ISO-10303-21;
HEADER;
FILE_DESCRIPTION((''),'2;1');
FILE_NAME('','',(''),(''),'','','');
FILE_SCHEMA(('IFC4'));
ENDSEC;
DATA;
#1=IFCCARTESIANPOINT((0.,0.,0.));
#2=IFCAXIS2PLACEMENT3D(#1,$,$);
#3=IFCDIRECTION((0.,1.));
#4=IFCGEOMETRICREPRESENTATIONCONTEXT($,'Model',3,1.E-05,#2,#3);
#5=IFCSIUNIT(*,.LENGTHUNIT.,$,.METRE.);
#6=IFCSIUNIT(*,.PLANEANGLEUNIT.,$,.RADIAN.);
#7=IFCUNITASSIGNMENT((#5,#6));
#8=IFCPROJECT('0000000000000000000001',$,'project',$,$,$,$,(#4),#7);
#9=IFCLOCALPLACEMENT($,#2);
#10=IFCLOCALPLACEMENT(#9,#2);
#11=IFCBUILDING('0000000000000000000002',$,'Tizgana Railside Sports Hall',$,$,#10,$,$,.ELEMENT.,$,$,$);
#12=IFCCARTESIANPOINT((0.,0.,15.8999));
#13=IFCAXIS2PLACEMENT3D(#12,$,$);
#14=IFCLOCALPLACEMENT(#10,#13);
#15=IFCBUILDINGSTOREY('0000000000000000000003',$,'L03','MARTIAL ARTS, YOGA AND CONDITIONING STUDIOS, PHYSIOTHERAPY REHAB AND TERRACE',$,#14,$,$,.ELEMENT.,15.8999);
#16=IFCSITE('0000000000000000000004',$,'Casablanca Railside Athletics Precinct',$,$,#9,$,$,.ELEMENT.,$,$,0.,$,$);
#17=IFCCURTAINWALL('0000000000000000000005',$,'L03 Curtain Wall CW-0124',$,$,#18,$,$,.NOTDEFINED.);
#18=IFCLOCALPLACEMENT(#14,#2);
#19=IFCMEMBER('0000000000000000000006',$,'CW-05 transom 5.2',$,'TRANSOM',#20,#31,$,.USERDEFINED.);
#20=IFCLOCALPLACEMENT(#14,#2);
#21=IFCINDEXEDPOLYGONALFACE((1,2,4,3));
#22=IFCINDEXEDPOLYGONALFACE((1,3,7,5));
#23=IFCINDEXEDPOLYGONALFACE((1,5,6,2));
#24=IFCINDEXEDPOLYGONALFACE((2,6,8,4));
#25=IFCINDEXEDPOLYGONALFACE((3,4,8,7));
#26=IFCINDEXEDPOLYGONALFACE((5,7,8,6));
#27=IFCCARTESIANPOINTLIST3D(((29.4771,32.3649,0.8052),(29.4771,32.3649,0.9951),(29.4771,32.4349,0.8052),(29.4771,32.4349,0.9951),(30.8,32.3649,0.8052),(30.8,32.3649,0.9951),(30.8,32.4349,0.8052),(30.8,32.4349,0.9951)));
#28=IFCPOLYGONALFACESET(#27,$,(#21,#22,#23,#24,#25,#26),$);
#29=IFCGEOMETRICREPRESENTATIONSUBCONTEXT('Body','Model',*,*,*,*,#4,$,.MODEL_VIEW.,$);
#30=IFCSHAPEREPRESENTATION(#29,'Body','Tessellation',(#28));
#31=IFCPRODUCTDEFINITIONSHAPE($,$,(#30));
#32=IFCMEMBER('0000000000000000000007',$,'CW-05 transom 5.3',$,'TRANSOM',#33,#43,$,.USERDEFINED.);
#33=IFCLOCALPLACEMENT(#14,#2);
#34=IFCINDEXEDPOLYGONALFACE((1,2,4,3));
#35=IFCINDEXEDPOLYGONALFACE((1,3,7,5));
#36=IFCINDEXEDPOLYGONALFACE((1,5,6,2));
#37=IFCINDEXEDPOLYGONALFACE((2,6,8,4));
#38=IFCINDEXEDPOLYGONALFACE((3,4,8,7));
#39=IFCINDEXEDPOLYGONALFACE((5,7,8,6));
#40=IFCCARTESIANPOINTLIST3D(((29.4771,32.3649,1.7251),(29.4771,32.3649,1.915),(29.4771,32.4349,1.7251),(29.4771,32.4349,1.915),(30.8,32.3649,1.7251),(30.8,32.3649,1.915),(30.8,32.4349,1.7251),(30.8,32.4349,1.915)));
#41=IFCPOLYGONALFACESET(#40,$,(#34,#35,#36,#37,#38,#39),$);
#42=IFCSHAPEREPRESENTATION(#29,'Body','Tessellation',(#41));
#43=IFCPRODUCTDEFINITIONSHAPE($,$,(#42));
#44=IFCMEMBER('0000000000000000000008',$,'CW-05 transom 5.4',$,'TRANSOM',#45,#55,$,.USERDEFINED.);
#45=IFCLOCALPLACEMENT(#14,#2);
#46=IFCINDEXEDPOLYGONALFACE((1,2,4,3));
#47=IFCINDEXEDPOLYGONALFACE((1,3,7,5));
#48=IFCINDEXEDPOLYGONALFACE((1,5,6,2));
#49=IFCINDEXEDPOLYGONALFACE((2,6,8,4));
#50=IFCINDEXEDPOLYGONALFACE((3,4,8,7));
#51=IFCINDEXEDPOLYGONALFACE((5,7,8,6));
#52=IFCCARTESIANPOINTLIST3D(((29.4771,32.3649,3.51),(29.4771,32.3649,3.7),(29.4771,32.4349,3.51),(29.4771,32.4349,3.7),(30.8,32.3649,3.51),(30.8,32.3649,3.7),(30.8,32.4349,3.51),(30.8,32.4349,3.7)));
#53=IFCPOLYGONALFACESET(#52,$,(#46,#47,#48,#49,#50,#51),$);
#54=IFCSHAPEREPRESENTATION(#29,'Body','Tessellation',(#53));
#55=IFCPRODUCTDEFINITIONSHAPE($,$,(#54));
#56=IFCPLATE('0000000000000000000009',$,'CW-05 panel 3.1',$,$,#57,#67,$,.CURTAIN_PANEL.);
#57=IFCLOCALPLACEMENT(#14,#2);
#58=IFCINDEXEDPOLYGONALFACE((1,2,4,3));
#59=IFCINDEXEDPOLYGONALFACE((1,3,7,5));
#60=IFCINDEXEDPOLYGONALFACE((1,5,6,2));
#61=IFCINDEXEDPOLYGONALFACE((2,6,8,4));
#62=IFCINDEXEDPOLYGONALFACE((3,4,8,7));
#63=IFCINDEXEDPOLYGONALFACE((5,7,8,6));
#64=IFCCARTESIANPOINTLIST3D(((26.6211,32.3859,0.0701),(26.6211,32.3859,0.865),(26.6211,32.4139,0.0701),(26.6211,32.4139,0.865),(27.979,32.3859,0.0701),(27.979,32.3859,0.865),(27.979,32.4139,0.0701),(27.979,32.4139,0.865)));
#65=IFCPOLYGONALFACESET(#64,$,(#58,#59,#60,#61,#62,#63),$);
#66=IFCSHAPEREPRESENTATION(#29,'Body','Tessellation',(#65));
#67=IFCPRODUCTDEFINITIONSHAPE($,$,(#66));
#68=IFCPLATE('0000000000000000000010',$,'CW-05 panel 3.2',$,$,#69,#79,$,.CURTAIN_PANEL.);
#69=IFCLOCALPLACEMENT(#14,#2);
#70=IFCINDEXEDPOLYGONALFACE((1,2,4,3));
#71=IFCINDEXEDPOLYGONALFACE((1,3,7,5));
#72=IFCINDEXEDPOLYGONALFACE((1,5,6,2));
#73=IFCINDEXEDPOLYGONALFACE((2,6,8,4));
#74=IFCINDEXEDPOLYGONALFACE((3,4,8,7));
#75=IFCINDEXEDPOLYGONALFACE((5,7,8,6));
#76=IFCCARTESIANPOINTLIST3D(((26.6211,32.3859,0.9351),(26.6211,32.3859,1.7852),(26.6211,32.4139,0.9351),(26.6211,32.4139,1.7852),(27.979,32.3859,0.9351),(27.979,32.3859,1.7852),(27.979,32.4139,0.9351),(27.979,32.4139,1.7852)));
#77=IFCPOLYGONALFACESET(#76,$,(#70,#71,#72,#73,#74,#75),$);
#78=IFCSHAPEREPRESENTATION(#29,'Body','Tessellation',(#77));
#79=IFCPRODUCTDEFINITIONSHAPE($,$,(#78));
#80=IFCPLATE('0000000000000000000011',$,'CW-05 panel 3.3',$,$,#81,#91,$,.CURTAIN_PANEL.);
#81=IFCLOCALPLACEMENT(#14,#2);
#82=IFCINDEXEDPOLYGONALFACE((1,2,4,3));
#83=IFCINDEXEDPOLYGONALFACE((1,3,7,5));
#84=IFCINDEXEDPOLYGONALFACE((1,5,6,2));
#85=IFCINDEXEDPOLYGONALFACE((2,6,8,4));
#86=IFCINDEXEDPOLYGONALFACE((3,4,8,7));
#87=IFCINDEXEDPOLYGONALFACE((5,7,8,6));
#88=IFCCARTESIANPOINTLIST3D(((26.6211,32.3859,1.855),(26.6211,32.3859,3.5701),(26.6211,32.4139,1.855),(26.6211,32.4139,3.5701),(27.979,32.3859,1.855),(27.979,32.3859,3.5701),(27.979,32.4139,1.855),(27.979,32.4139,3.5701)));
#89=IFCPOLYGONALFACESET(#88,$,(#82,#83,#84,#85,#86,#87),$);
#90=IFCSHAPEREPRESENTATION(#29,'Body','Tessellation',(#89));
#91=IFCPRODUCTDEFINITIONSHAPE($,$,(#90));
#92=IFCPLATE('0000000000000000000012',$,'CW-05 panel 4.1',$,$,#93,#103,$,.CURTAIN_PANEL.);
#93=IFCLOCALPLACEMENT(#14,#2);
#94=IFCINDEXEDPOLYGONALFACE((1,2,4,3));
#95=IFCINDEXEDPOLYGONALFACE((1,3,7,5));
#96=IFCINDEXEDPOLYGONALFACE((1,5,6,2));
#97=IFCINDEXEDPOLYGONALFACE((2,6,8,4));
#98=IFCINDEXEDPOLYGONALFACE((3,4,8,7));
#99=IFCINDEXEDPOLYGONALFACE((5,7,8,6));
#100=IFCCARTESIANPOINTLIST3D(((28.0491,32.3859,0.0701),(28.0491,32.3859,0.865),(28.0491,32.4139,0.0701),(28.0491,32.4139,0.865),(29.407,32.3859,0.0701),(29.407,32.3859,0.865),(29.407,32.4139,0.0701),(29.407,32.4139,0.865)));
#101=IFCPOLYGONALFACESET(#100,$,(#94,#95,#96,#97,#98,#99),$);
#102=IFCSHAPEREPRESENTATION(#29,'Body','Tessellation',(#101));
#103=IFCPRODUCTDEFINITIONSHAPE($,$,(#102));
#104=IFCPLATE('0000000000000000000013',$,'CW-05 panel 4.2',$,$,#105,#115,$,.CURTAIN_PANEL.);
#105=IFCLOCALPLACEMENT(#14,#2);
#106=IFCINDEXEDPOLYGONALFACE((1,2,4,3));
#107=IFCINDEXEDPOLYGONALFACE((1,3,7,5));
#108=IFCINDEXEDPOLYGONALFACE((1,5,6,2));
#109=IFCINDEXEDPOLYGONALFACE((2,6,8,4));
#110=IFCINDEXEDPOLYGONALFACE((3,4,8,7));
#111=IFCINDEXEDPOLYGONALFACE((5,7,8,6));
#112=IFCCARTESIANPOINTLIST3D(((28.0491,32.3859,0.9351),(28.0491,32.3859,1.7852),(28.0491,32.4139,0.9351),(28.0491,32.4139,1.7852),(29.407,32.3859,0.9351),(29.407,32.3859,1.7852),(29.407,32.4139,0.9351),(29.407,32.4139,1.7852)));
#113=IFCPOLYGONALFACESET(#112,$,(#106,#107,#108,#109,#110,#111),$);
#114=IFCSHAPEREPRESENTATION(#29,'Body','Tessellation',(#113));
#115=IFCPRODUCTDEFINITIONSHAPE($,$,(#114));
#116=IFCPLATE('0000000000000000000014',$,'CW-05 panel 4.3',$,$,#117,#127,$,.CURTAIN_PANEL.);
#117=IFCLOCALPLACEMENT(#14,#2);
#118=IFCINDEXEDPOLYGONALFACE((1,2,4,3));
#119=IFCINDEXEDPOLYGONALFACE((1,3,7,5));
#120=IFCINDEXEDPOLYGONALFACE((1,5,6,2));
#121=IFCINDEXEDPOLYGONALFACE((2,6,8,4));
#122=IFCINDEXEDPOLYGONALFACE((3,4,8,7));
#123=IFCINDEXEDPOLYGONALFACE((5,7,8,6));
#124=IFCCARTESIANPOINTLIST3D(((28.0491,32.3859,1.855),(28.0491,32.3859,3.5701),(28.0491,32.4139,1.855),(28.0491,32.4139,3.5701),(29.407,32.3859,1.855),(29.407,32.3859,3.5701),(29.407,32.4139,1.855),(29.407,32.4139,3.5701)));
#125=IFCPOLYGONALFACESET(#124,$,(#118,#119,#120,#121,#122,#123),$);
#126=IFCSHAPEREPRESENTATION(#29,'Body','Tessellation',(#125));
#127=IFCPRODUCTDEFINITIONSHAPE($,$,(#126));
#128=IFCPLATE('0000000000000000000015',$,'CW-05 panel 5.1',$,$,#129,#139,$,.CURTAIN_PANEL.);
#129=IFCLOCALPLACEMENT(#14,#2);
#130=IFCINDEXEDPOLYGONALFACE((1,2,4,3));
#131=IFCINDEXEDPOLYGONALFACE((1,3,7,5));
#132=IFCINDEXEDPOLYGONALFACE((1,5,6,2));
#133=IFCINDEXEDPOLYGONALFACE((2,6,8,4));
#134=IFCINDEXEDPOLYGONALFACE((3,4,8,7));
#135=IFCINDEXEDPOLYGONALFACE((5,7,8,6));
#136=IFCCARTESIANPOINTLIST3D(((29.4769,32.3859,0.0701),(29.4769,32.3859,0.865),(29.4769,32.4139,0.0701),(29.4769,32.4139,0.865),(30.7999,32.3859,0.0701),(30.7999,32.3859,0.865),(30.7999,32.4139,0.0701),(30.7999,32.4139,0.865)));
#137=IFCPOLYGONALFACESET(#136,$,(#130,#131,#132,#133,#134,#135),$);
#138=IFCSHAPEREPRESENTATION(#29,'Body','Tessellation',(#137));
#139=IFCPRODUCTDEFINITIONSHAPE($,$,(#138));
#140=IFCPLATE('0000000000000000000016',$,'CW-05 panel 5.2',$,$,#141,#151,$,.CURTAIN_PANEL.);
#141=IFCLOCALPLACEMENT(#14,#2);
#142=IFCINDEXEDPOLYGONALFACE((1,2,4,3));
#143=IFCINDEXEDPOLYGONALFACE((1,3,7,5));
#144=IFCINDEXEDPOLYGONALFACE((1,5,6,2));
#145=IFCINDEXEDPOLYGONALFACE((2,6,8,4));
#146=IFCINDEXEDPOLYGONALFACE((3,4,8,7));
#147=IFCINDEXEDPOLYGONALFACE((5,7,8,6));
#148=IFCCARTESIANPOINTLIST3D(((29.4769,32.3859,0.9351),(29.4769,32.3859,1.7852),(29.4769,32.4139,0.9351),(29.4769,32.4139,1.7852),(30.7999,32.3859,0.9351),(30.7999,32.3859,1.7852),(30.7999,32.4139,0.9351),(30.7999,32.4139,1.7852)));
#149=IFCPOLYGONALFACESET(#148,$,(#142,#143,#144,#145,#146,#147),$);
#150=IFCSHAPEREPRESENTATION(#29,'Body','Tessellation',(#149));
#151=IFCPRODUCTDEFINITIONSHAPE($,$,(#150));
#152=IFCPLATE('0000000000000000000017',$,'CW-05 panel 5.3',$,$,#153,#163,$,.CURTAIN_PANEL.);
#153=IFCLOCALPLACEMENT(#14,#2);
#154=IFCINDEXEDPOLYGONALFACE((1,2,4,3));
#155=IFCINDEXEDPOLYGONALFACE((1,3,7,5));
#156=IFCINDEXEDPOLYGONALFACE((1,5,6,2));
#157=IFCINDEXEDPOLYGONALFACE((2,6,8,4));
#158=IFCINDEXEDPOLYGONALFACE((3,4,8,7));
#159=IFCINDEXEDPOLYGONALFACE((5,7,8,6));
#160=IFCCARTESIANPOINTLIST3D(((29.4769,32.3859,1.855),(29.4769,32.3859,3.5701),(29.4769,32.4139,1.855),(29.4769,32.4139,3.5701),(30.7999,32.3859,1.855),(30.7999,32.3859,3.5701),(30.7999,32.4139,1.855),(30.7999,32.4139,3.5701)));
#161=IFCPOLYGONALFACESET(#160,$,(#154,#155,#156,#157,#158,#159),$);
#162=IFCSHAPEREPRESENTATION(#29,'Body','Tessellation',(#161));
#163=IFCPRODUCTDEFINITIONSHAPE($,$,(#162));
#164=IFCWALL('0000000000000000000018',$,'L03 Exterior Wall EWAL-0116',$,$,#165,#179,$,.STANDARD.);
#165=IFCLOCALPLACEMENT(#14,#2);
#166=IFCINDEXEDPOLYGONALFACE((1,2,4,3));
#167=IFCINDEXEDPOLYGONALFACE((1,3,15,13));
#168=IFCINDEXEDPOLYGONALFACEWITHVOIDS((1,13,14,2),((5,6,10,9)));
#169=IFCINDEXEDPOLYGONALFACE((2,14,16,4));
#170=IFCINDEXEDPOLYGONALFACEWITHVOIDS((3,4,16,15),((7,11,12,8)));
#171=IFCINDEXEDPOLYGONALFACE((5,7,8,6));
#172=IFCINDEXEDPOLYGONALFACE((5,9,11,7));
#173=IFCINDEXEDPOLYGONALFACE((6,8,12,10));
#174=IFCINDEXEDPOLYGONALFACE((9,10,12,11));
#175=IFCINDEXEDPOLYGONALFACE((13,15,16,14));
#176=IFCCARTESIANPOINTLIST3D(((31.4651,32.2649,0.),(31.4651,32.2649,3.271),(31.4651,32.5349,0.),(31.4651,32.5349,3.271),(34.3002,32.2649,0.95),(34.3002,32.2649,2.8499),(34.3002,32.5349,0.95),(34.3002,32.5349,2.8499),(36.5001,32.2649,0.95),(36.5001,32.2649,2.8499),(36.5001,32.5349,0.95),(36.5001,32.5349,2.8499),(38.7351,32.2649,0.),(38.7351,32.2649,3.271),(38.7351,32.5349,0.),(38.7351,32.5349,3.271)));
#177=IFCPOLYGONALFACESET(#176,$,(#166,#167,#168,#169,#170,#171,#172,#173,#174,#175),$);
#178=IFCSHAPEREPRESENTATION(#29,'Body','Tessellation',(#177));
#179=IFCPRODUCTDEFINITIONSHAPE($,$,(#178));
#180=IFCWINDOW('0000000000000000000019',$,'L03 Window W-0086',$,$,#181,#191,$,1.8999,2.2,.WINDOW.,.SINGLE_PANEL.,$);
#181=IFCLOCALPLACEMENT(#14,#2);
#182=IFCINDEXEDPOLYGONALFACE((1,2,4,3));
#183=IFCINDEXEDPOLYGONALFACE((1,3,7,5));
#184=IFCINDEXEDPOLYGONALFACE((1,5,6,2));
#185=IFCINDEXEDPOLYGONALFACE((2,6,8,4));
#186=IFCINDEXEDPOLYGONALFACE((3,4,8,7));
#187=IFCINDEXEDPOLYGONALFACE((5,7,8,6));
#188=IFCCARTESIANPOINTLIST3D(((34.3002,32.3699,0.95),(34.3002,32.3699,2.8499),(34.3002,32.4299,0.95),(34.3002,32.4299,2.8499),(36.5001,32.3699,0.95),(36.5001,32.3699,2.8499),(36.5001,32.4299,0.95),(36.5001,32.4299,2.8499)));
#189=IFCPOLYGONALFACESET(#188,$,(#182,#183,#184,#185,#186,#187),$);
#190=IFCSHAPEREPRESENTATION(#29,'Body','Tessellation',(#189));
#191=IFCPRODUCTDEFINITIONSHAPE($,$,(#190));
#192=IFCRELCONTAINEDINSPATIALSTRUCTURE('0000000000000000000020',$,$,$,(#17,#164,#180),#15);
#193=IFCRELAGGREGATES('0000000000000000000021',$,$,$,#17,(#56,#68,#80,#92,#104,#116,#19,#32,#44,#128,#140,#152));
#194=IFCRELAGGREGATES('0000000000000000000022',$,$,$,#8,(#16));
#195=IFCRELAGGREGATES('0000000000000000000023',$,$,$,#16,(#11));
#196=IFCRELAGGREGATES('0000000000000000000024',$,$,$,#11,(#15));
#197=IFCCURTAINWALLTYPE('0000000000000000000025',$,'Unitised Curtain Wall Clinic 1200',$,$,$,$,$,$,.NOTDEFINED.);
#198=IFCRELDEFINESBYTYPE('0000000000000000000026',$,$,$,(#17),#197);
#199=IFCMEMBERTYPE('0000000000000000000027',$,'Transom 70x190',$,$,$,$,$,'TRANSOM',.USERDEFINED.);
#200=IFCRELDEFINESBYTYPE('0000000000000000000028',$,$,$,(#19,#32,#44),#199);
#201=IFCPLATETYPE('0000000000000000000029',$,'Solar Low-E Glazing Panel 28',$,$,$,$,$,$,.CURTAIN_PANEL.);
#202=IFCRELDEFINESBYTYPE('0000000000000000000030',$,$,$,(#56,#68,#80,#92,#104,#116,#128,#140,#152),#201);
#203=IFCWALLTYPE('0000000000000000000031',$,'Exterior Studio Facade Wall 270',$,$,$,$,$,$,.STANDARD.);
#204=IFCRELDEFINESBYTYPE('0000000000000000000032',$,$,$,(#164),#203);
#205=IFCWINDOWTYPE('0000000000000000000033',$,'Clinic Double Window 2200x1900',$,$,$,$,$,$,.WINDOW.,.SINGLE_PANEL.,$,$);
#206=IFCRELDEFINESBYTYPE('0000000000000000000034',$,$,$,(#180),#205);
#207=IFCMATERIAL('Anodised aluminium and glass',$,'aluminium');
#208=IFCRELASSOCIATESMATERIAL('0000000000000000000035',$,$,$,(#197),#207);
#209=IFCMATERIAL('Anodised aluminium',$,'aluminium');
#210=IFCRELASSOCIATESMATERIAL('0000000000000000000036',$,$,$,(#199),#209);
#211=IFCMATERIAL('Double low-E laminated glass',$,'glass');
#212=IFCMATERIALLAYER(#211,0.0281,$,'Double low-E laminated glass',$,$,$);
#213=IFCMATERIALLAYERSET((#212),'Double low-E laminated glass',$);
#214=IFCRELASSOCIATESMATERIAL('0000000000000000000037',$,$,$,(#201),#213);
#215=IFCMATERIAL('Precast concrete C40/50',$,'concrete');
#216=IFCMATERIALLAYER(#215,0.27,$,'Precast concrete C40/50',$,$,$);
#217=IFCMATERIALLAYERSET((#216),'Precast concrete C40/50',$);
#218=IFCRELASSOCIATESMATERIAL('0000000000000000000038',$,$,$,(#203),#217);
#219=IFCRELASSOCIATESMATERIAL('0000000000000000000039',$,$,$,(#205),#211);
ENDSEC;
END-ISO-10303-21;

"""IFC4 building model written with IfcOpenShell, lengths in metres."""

from ifc_helpers import new_model, si_unit, direction, frame, frame_2d, origin, origin_2d, place, context, subcontext, project, spatial, rectangle, extrude, material, layer, layer_set, material_profile, profile_set, type_object, element, fill, aggregate, save


model = new_model("IFC4")

# Units and contexts
model_context = context("Model", 3, precision=1e-05, world=origin(), true_north=direction((0.0, 1.0)))
body_context = subcontext(model_context, "Body", "Model", "MODEL_VIEW")
ifc_project = project(units=[si_unit("LENGTHUNIT", "METRE"), si_unit("PLANEANGLEUNIT", "RADIAN")], contexts=[model_context])

# Site, building, storey
site_placement = place(None, origin())
site = spatial("IfcSite", under=ifc_project, at=site_placement, Name="Casablanca Railside Athletics Precinct", CompositionType="ELEMENT", RefElevation=0.0)
building_placement = place(site_placement, origin())
building = spatial("IfcBuilding", under=site, at=building_placement, Name="Tizgana Railside Sports Hall", CompositionType="ELEMENT")
storey_placement = place(building_placement, frame((0.0, 0.0, 15.8999)))
storey = spatial("IfcBuildingStorey", under=building, at=storey_placement, Name="L03", Description="MARTIAL ARTS, YOGA AND CONDITIONING STUDIOS, PHYSIOTHERAPY REHAB AND TERRACE", CompositionType="ELEMENT", Elevation=15.8999)

# Curtain wall
ifc_material_1 = material(Name="Anodised aluminium and glass", Category="aluminium")
curtain_wall_type = type_object("IfcCurtainWallType", Name="Unitised Curtain Wall Clinic 1200", PredefinedType="NOTDEFINED", material=ifc_material_1)
curtain_wall_placement = place(storey_placement, origin())
curtain_wall = element("IfcCurtainWall", 1, at=curtain_wall_placement, inside=storey, type_object=curtain_wall_type, Name="L03 Curtain Wall CW-0124", PredefinedType="NOTDEFINED")
ifc_material_2 = material(Name="Anodised aluminium", Category="aluminium")

# Members
ifc_material_profile_1 = material_profile(ifc_material_2, rectangle(XDim=0.0701, YDim=0.1899, at=origin_2d()), Name="Transom 70x190")
ifc_profile_set_1 = profile_set([ifc_material_profile_1], Name="Anodised aluminium")
member_type_1 = type_object("IfcMemberType", Name="Transom 70x190", ElementType="TRANSOM", PredefinedType="USERDEFINED", material=ifc_profile_set_1)
member_1_placement = place(storey_placement, frame((29.4771, 32.3999, 0.9001), z_axis=(1.0, 0.0, 0.0), x_axis=(0.0, 1.0, 0.0)))
member_1 = element("IfcMember", 2, at=member_1_placement, type_object=member_type_1, Name="CW-05 transom 5.2", ObjectType="TRANSOM", PredefinedType="USERDEFINED", context=body_context, shape_type="SweptSolid", body=[
    extrude(rectangle(XDim=0.0701, YDim=0.1899, at=origin_2d()), origin(), (0.0, 0.0, 1.0), 1.323),
])
member_2_placement = place(storey_placement, frame((29.4771, 32.3999, 1.8201), z_axis=(1.0, 0.0, 0.0), x_axis=(0.0, 1.0, 0.0)))
member_2 = element("IfcMember", 3, at=member_2_placement, type_object=member_type_1, Name="CW-05 transom 5.3", ObjectType="TRANSOM", PredefinedType="USERDEFINED", context=body_context, shape_type="SweptSolid", body=[
    extrude(rectangle(XDim=0.0701, YDim=0.1899, at=origin_2d()), origin(), (0.0, 0.0, 1.0), 1.323),
])
member_3_placement = place(storey_placement, frame((29.4771, 32.3999, 3.605), z_axis=(1.0, 0.0, 0.0), x_axis=(0.0, 1.0, 0.0)))
member_3 = element("IfcMember", 4, at=member_3_placement, type_object=member_type_1, Name="CW-05 transom 5.4", ObjectType="TRANSOM", PredefinedType="USERDEFINED", context=body_context, shape_type="SweptSolid", body=[
    extrude(rectangle(XDim=0.0701, YDim=0.1899, at=origin_2d()), origin(), (0.0, 0.0, 1.0), 1.323),
])

# Plates
ifc_material_3 = material(Name="Double low-E laminated glass", Category="glass")
ifc_layer_1 = layer(ifc_material_3, 0.0281, Name="Double low-E laminated glass")
ifc_layer_set_1 = layer_set([ifc_layer_1], Name="Double low-E laminated glass")
plate_type = type_object("IfcPlateType", Name="Solar Low-E Glazing Panel 28", PredefinedType="CURTAIN_PANEL", material=ifc_layer_set_1)
plate_1_placement = place(storey_placement, frame((27.3, 32.3999, 0.0701), z_axis=(0.0, 0.0, 1.0), x_axis=(1.0, 0.0, 0.0)))
plate_1 = element("IfcPlate", 5, at=plate_1_placement, type_object=plate_type, Name="CW-05 panel 3.1", PredefinedType="CURTAIN_PANEL", context=body_context, shape_type="SweptSolid", body=[
    extrude(rectangle(XDim=1.3579, YDim=0.0281, at=origin_2d()), origin(), (0.0, 0.0, 1.0), 0.7949),
])
plate_2_placement = place(storey_placement, frame((27.3, 32.3999, 0.9351), z_axis=(0.0, 0.0, 1.0), x_axis=(1.0, 0.0, 0.0)))
plate_2 = element("IfcPlate", 6, at=plate_2_placement, type_object=plate_type, Name="CW-05 panel 3.2", PredefinedType="CURTAIN_PANEL", context=body_context, shape_type="SweptSolid", body=[
    extrude(rectangle(XDim=1.3579, YDim=0.0281, at=origin_2d()), origin(), (0.0, 0.0, 1.0), 0.8501),
])
plate_3_placement = place(storey_placement, frame((27.3, 32.3999, 1.855), z_axis=(0.0, 0.0, 1.0), x_axis=(1.0, 0.0, 0.0)))
plate_3 = element("IfcPlate", 7, at=plate_3_placement, type_object=plate_type, Name="CW-05 panel 3.3", PredefinedType="CURTAIN_PANEL", context=body_context, shape_type="SweptSolid", body=[
    extrude(rectangle(XDim=1.3579, YDim=0.0281, at=origin_2d()), origin(), (0.0, 0.0, 1.0), 1.7151),
])
plate_4_placement = place(storey_placement, frame((28.728, 32.3999, 0.0701), z_axis=(0.0, 0.0, 1.0), x_axis=(1.0, 0.0, 0.0)))
plate_4 = element("IfcPlate", 8, at=plate_4_placement, type_object=plate_type, Name="CW-05 panel 4.1", PredefinedType="CURTAIN_PANEL", context=body_context, shape_type="SweptSolid", body=[
    extrude(rectangle(XDim=1.3579, YDim=0.0281, at=origin_2d()), origin(), (0.0, 0.0, 1.0), 0.7949),
])
plate_5_placement = place(storey_placement, frame((28.728, 32.3999, 0.9351), z_axis=(0.0, 0.0, 1.0), x_axis=(1.0, 0.0, 0.0)))
plate_5 = element("IfcPlate", 9, at=plate_5_placement, type_object=plate_type, Name="CW-05 panel 4.2", PredefinedType="CURTAIN_PANEL", context=body_context, shape_type="SweptSolid", body=[
    extrude(rectangle(XDim=1.3579, YDim=0.0281, at=origin_2d()), origin(), (0.0, 0.0, 1.0), 0.8501),
])
plate_6_placement = place(storey_placement, frame((28.728, 32.3999, 1.855), z_axis=(0.0, 0.0, 1.0), x_axis=(1.0, 0.0, 0.0)))
plate_6 = element("IfcPlate", 10, at=plate_6_placement, type_object=plate_type, Name="CW-05 panel 4.3", PredefinedType="CURTAIN_PANEL", context=body_context, shape_type="SweptSolid", body=[
    extrude(rectangle(XDim=1.3579, YDim=0.0281, at=origin_2d()), origin(), (0.0, 0.0, 1.0), 1.7151),
])
plate_7_placement = place(storey_placement, frame((30.1384, 32.3999, 0.0701), z_axis=(0.0, 0.0, 1.0), x_axis=(1.0, 0.0, 0.0)))
plate_7 = element("IfcPlate", 11, at=plate_7_placement, type_object=plate_type, Name="CW-05 panel 5.1", PredefinedType="CURTAIN_PANEL", context=body_context, shape_type="SweptSolid", body=[
    extrude(rectangle(XDim=1.323, YDim=0.0281, at=origin_2d()), origin(), (0.0, 0.0, 1.0), 0.7949),
])
plate_8_placement = place(storey_placement, frame((30.1384, 32.3999, 0.9351), z_axis=(0.0, 0.0, 1.0), x_axis=(1.0, 0.0, 0.0)))
plate_8 = element("IfcPlate", 12, at=plate_8_placement, type_object=plate_type, Name="CW-05 panel 5.2", PredefinedType="CURTAIN_PANEL", context=body_context, shape_type="SweptSolid", body=[
    extrude(rectangle(XDim=1.323, YDim=0.0281, at=origin_2d()), origin(), (0.0, 0.0, 1.0), 0.8501),
])
plate_9_placement = place(storey_placement, frame((30.1384, 32.3999, 1.855), z_axis=(0.0, 0.0, 1.0), x_axis=(1.0, 0.0, 0.0)))
plate_9 = element("IfcPlate", 13, at=plate_9_placement, type_object=plate_type, Name="CW-05 panel 5.3", PredefinedType="CURTAIN_PANEL", context=body_context, shape_type="SweptSolid", body=[
    extrude(rectangle(XDim=1.323, YDim=0.0281, at=origin_2d()), origin(), (0.0, 0.0, 1.0), 1.7151),
])
aggregate(curtain_wall, [plate_1, plate_2, plate_3, plate_4, plate_5, plate_6, member_1, member_2, member_3, plate_7, plate_8, plate_9])

# Wall, opening, window
ifc_material_4 = material(Name="Precast concrete C40/50", Category="concrete")
ifc_layer_2 = layer(ifc_material_4, 0.27, Name="Precast concrete C40/50")
ifc_layer_set_2 = layer_set([ifc_layer_2], Name="Precast concrete C40/50")
wall_type = type_object("IfcWallType", Name="Exterior Studio Facade Wall 270", PredefinedType="STANDARD", material=ifc_layer_set_2)
wall_placement = place(storey_placement, frame((31.4651, 32.3999, 0.0), z_axis=(0.0, 0.0, 1.0), x_axis=(1.0, 0.0, 0.0)))
wall = element("IfcWall", 14, at=wall_placement, inside=storey, type_object=wall_type, Name="L03 Exterior Wall EWAL-0116", PredefinedType="STANDARD", context=body_context, shape_type="SweptSolid", body=[
    extrude(rectangle(XDim=7.27, YDim=0.27, at=frame_2d((3.635, 0.0))), origin(), (0.0, 0.0, 1.0), 3.271),
])
opening_placement = place(wall_placement, frame((2.835, 0.0, 0.95)))
opening = element("IfcOpeningElement", 15, at=opening_placement, cuts=wall, PredefinedType="OPENING", context=body_context, shape_type="SweptSolid", body=[
    extrude(rectangle(XDim=2.2, YDim=1.8999, at=frame_2d((1.1001, 0.95))), frame((0.0, 0.145, 0.0), z_axis=(0.0, -1.0, 0.0), x_axis=(1.0, 0.0, 0.0)), (0.0, 0.0, 1.0), 0.29),
])
window_type = type_object("IfcWindowType", Name="Clinic Double Window 2200x1900", PartitioningType="SINGLE_PANEL", PredefinedType="WINDOW", material=ifc_material_3)
window_placement = place(opening_placement, origin())
window = element("IfcWindow", 16, at=window_placement, inside=storey, type_object=window_type, Name="L03 Window W-0086", OverallHeight=1.8999, OverallWidth=2.2, PartitioningType="SINGLE_PANEL", PredefinedType="WINDOW", context=body_context, shape_type="SweptSolid", body=[
    extrude(rectangle(XDim=2.2, YDim=1.8999, at=frame_2d((1.1001, 0.95))), frame((0.0, 0.03, 0.0), z_axis=(0.0, -1.0, 0.0), x_axis=(1.0, 0.0, 0.0)), (0.0, 0.0, 1.0), 0.0601),
])
fill(opening, window)

save(model, "model.ifc")
